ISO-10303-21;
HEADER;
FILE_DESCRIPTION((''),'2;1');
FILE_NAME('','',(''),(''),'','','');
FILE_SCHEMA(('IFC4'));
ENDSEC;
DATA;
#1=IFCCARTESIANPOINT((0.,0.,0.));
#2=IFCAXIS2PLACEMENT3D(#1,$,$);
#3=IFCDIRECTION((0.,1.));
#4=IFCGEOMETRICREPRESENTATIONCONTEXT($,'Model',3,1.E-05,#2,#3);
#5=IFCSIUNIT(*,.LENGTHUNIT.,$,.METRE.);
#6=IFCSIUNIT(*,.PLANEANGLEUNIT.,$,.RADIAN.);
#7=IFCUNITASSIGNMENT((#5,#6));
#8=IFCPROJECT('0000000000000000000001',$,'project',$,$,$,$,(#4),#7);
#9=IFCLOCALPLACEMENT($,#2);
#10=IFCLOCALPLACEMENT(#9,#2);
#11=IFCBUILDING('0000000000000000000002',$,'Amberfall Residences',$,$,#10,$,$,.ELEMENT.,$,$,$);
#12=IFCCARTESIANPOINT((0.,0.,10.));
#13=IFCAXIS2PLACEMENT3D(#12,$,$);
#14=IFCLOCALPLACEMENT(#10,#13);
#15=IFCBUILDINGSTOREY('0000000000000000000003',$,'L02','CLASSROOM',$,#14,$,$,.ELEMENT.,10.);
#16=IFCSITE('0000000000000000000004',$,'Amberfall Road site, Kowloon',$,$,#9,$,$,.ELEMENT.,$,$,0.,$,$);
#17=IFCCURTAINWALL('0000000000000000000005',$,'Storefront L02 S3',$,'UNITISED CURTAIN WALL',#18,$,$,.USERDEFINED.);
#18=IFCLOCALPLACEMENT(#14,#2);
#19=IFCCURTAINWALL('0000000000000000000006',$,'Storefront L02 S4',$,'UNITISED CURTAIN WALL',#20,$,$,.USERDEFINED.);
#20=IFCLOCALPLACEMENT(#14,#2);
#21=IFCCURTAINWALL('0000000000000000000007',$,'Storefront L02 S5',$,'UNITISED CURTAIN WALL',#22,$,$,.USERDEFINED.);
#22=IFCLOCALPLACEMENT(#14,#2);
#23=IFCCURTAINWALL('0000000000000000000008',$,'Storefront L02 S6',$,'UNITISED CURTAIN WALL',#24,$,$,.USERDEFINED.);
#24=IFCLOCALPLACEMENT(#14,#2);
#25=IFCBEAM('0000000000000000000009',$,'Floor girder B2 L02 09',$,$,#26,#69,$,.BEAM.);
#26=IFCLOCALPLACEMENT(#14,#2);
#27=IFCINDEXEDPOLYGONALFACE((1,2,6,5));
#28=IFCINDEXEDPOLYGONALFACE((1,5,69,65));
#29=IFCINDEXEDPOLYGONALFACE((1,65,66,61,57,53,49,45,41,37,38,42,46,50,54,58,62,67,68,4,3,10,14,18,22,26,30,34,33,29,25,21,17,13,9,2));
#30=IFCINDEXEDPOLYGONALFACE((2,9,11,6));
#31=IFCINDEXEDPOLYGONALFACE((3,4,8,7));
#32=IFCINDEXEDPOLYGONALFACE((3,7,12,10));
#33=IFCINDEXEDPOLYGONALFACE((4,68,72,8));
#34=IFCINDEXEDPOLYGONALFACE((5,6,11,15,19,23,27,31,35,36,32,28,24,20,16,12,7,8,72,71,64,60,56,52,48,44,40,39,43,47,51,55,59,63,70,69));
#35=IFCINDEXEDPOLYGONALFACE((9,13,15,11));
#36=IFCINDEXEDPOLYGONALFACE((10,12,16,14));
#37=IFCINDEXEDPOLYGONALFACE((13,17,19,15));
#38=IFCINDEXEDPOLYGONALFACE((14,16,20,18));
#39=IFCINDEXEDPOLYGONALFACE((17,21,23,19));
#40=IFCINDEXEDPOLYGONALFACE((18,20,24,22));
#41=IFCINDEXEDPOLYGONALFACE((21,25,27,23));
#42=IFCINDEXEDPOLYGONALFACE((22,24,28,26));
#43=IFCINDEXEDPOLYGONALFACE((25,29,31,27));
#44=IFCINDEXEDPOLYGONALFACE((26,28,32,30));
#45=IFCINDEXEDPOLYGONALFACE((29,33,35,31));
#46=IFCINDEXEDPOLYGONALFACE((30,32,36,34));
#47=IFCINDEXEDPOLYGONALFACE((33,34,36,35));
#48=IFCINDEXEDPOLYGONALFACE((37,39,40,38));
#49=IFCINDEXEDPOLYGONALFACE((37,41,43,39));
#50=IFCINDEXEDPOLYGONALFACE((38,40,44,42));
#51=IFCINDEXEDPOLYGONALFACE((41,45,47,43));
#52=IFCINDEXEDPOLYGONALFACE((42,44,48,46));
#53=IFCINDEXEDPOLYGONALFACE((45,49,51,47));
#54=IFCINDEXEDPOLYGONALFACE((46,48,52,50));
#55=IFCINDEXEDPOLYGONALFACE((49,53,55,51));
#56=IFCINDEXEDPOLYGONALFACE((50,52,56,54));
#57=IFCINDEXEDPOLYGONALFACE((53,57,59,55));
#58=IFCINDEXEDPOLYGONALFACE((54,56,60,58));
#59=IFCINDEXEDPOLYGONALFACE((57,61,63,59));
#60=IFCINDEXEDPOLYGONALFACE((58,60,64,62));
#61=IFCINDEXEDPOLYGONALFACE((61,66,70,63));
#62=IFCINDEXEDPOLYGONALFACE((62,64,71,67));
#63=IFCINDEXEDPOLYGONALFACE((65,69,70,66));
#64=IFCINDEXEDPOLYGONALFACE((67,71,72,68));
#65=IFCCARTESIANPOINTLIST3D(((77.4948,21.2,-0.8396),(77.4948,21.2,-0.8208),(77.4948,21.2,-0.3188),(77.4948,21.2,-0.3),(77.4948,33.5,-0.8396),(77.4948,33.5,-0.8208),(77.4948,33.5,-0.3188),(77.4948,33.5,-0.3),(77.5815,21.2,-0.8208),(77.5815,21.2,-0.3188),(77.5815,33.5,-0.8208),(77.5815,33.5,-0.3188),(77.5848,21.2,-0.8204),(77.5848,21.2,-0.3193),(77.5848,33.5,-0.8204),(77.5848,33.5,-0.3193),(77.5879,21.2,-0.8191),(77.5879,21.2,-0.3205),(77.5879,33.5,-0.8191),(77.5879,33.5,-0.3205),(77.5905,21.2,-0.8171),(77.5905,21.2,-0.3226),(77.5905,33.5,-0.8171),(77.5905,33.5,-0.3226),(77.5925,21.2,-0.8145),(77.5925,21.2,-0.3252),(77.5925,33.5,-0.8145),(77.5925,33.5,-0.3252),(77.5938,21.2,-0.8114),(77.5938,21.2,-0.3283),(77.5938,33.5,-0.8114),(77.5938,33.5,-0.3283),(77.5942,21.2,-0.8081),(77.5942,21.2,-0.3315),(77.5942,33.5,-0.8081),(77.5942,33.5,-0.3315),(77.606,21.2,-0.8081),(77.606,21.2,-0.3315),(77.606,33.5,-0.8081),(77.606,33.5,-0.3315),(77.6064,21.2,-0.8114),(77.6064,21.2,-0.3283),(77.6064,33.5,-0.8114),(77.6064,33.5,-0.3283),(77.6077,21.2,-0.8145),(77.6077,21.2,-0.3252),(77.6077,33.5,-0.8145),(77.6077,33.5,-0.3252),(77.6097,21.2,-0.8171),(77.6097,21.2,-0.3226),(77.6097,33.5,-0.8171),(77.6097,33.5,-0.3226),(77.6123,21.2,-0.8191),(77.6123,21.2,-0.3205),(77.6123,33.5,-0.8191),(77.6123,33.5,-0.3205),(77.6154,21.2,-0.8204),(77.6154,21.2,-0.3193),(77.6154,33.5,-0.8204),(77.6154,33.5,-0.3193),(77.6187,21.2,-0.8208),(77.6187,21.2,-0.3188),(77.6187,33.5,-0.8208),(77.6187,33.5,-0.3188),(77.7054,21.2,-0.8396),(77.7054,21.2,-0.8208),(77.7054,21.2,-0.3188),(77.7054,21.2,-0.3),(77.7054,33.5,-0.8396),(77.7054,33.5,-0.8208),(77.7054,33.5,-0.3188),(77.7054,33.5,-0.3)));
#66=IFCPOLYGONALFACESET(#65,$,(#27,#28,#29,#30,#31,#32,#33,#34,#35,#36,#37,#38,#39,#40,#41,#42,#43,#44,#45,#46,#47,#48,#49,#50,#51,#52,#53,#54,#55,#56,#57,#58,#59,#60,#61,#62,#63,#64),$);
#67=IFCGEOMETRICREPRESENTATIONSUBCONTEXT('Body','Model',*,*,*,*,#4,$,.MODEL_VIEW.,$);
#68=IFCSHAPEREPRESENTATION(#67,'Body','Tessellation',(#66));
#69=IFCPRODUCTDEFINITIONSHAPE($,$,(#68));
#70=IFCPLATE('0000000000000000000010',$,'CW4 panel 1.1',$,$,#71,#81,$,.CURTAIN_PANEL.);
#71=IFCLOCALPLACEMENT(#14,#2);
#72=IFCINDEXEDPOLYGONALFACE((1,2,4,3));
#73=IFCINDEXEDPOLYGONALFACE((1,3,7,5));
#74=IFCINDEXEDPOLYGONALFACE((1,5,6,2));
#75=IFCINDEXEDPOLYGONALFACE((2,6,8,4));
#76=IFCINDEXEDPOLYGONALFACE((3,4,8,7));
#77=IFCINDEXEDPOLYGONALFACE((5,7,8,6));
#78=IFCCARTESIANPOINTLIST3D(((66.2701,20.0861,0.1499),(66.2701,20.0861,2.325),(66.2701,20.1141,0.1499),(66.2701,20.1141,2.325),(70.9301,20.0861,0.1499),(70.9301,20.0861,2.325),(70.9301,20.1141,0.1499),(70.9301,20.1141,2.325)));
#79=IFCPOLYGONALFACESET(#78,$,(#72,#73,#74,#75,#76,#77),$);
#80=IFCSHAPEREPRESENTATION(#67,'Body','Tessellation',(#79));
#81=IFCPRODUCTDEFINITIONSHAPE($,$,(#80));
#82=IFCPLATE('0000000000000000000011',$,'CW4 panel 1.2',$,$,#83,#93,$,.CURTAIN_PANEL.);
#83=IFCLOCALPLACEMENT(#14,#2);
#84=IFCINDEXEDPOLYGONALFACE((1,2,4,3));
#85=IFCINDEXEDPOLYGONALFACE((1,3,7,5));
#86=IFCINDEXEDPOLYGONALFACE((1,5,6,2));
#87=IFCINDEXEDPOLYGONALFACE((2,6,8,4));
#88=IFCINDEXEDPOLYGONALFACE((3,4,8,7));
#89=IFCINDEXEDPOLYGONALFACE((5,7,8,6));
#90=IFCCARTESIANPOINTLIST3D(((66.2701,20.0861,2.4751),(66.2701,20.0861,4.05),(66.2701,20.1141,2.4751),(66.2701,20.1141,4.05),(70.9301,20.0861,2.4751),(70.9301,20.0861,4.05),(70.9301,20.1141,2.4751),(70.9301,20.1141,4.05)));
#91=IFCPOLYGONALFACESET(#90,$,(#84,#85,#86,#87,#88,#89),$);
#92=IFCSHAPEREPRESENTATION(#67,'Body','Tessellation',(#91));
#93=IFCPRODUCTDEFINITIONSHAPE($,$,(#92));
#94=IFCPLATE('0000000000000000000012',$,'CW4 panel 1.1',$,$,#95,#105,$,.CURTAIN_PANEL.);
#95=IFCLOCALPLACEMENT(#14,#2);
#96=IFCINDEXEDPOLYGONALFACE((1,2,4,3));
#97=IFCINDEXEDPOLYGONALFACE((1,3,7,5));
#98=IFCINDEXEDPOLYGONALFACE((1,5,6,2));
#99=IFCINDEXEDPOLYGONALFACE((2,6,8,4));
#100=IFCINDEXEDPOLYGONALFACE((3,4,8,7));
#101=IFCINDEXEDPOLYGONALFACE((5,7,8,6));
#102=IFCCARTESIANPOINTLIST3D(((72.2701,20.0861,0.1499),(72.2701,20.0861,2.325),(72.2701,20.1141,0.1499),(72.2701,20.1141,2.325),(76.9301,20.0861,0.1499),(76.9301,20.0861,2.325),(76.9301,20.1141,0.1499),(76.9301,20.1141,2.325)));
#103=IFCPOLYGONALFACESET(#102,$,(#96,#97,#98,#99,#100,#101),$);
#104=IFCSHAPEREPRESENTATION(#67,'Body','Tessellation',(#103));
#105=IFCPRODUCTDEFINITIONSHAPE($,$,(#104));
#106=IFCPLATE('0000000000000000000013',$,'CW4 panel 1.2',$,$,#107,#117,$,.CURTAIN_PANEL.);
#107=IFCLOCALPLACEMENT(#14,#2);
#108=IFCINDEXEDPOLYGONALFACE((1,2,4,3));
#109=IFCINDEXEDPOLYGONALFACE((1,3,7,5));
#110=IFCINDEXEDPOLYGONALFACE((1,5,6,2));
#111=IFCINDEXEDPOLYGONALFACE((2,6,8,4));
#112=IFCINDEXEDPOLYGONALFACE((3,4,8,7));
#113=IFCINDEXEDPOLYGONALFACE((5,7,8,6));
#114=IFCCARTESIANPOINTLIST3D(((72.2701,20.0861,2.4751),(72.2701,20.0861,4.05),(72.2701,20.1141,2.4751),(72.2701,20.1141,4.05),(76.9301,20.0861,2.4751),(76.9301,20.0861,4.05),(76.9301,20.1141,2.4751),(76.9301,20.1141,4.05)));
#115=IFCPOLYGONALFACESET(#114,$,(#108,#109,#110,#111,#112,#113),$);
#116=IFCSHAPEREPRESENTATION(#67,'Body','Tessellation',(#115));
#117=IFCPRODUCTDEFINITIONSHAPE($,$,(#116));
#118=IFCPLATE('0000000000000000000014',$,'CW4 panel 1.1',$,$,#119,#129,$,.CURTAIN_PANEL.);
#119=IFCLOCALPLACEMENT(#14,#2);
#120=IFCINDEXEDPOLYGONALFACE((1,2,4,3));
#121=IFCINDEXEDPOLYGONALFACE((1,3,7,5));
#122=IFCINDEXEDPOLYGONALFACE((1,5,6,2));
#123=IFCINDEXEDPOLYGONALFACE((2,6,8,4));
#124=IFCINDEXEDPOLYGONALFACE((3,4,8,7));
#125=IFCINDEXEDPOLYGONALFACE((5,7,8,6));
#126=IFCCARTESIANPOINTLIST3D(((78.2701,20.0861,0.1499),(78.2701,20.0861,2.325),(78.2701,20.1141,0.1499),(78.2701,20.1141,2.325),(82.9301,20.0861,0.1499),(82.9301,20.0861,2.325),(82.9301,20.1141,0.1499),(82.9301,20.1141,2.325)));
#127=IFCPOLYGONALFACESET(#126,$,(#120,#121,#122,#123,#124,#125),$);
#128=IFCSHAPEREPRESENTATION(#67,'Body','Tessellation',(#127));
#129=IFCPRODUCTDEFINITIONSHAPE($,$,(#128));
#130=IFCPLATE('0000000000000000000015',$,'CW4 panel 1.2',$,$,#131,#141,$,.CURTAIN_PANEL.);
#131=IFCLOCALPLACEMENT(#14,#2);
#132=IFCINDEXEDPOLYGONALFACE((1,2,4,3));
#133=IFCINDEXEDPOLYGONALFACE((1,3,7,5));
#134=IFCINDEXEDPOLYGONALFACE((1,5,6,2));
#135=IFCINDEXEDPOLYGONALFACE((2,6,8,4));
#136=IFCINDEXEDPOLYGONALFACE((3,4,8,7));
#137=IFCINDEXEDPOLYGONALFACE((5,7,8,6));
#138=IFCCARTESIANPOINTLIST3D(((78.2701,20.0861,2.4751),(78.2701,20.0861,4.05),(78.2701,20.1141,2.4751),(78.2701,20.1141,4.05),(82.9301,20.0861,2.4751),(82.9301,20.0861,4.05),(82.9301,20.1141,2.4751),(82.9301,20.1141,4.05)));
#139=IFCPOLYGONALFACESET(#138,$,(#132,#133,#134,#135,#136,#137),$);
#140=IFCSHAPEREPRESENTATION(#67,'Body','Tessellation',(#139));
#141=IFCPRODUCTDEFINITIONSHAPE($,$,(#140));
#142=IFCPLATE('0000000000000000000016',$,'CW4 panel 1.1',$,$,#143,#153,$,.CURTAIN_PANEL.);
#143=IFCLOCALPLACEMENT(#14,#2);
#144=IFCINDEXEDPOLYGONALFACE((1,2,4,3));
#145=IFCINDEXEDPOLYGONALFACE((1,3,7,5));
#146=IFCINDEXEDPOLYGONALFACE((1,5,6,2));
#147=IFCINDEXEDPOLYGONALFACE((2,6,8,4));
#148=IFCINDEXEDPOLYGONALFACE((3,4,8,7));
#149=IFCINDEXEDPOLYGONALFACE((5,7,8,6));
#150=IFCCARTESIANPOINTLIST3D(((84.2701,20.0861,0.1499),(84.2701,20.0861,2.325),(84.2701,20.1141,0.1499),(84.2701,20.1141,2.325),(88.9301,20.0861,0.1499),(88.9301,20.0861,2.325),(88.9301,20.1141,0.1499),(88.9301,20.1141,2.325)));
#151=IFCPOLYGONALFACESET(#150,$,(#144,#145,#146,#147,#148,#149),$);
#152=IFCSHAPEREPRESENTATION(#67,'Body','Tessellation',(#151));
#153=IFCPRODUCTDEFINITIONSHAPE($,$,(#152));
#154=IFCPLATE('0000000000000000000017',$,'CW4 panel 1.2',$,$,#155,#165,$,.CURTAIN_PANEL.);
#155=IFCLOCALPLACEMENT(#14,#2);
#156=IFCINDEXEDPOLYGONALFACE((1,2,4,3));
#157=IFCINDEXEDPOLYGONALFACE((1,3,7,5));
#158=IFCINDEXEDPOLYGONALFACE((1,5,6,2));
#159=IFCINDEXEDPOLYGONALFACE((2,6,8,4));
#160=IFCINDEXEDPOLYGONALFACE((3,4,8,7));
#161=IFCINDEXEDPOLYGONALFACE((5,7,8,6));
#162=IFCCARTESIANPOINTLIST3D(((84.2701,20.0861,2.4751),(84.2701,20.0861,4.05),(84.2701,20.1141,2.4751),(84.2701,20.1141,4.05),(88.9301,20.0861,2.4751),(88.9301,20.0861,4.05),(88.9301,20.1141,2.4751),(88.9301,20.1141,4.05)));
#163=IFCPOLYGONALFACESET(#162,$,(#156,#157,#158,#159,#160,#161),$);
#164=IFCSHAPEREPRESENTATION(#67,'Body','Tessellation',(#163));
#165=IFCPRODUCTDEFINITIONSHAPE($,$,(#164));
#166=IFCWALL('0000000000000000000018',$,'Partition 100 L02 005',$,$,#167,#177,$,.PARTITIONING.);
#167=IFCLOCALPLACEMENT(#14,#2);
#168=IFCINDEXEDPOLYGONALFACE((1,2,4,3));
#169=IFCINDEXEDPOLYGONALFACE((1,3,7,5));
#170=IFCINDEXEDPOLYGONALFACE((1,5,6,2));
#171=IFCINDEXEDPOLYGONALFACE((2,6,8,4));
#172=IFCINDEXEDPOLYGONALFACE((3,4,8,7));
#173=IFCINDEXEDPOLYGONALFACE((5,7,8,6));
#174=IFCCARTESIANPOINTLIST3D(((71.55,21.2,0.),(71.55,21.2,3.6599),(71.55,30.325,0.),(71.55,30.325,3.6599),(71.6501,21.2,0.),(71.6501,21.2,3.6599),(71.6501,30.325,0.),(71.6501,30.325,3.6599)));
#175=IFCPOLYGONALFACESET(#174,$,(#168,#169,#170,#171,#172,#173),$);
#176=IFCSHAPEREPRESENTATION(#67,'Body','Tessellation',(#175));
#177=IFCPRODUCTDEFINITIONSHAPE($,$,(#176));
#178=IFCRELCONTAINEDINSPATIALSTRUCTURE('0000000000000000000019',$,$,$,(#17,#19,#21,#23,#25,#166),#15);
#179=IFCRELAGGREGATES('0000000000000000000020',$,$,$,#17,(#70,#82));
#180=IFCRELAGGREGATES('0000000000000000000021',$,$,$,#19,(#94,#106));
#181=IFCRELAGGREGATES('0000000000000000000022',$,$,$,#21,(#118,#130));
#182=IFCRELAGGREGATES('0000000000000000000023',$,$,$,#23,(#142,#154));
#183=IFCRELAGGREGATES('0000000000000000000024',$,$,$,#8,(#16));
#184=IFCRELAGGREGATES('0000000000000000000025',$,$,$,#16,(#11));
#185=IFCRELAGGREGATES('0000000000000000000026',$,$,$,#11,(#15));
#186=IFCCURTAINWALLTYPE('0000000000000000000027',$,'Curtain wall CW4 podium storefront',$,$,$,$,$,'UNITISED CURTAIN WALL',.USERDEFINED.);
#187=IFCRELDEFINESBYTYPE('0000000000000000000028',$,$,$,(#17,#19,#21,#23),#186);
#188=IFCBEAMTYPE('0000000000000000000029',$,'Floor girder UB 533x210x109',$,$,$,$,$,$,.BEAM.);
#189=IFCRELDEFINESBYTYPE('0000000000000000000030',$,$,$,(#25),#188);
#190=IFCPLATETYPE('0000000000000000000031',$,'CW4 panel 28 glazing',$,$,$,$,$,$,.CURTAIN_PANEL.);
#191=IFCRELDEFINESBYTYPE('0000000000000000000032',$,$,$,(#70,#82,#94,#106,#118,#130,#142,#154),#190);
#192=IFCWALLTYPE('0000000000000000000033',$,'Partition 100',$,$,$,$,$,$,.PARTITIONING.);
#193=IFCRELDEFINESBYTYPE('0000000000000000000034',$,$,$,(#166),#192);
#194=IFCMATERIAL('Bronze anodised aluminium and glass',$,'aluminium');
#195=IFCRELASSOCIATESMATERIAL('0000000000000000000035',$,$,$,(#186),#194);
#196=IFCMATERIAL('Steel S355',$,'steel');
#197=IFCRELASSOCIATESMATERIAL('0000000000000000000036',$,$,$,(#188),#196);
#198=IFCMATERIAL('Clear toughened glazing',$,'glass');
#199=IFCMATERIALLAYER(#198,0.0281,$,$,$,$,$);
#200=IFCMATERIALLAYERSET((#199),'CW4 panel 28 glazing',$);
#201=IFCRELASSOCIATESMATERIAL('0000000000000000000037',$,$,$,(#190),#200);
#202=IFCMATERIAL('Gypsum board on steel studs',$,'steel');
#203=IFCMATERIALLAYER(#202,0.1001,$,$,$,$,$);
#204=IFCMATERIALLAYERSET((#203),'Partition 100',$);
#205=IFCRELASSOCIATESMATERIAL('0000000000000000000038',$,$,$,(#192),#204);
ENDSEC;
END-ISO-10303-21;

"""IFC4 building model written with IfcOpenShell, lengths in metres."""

from ifc_helpers import new_model, si_unit, direction, frame, frame_2d, origin, origin_2d, place, context, subcontext, project, spatial, rectangle, i_section, extrude, material, layer, layer_set, material_profile, profile_set, type_object, element, aggregate, save


model = new_model("IFC4")

# Units and contexts
model_context = context("Model", 3, precision=1e-05, world=origin(), true_north=direction((0.0, 1.0)))
body_context = subcontext(model_context, "Body", "Model", "MODEL_VIEW")
ifc_project = project(units=[si_unit("LENGTHUNIT", "METRE"), si_unit("PLANEANGLEUNIT", "RADIAN")], contexts=[model_context])

# Site, building, storey
site_placement = place(None, origin())
site = spatial("IfcSite", under=ifc_project, at=site_placement, Name="Amberfall Road site, Kowloon", CompositionType="ELEMENT", RefElevation=0.0)
building_placement = place(site_placement, origin())
building = spatial("IfcBuilding", under=site, at=building_placement, Name="Amberfall Residences", CompositionType="ELEMENT")
storey_placement = place(building_placement, frame((0.0, 0.0, 10.0)))
storey = spatial("IfcBuildingStorey", under=building, at=storey_placement, Name="L02", Description="CLASSROOM", CompositionType="ELEMENT", Elevation=10.0)

# Curtain walls
ifc_material_1 = material(Name="Bronze anodised aluminium and glass", Category="aluminium")
curtain_wall_type = type_object("IfcCurtainWallType", Name="Curtain wall CW4 podium storefront", ElementType="UNITISED CURTAIN WALL", PredefinedType="USERDEFINED", material=ifc_material_1)
curtain_wall_1_placement = place(storey_placement, origin())
curtain_wall_1 = element("IfcCurtainWall", 1, at=curtain_wall_1_placement, inside=storey, type_object=curtain_wall_type, Name="Storefront L02 S3", ObjectType="UNITISED CURTAIN WALL", PredefinedType="USERDEFINED")
curtain_wall_2_placement = place(storey_placement, origin())
curtain_wall_2 = element("IfcCurtainWall", 2, at=curtain_wall_2_placement, inside=storey, type_object=curtain_wall_type, Name="Storefront L02 S4", ObjectType="UNITISED CURTAIN WALL", PredefinedType="USERDEFINED")
curtain_wall_3_placement = place(storey_placement, origin())
curtain_wall_3 = element("IfcCurtainWall", 3, at=curtain_wall_3_placement, inside=storey, type_object=curtain_wall_type, Name="Storefront L02 S5", ObjectType="UNITISED CURTAIN WALL", PredefinedType="USERDEFINED")
curtain_wall_4_placement = place(storey_placement, origin())
curtain_wall_4 = element("IfcCurtainWall", 4, at=curtain_wall_4_placement, inside=storey, type_object=curtain_wall_type, Name="Storefront L02 S6", ObjectType="UNITISED CURTAIN WALL", PredefinedType="USERDEFINED")

# Beam
ifc_material_2 = material(Name="Steel S355", Category="steel")
ifc_material_profile_1 = material_profile(ifc_material_2, i_section(OverallWidth=0.2107, OverallDepth=0.5396, WebThickness=0.0117, FlangeThickness=0.0188, FilletRadius=0.0127, at=origin_2d()), Name="UB 533x210x109")
ifc_profile_set_1 = profile_set([ifc_material_profile_1], Name="Steel S355")
beam_type_1 = type_object("IfcBeamType", Name="Floor girder UB 533x210x109", PredefinedType="BEAM", material=ifc_profile_set_1)
for number, where, z_axis, x_axis, name in (
    (5, (77.6001, 21.2, -0.5698), (0.0, 1.0, 0.0), (-1.0, 0.0, 0.0), "Floor girder B2 L02 09"),
):
    element("IfcBeam", number, at=place(storey_placement, frame(where, z_axis=z_axis, x_axis=x_axis)), inside=storey, type_object=beam_type_1, Name=name, PredefinedType="BEAM", context=body_context, shape_type="SweptSolid", body=[
        extrude(i_section(OverallWidth=0.2107, OverallDepth=0.5396, WebThickness=0.0117, FlangeThickness=0.0188, FilletRadius=0.0127, at=origin_2d()), origin(), (0.0, 0.0, 1.0), 12.3),
    ])

# Plates
ifc_material_3 = material(Name="Clear toughened glazing", Category="glass")
ifc_layer_1 = layer(ifc_material_3, 0.0281)
ifc_layer_set_1 = layer_set([ifc_layer_1], Name="CW4 panel 28 glazing")
plate_type = type_object("IfcPlateType", Name="CW4 panel 28 glazing", PredefinedType="CURTAIN_PANEL", material=ifc_layer_set_1)
plate_1_placement = place(storey_placement, frame((68.6001, 20.1001, 0.1499), z_axis=(0.0, 0.0, 1.0), x_axis=(1.0, 0.0, 0.0)))
plate_1 = element("IfcPlate", 6, at=plate_1_placement, type_object=plate_type, Name="CW4 panel 1.1", PredefinedType="CURTAIN_PANEL", context=body_context, shape_type="SweptSolid", body=[
    extrude(rectangle(XDim=4.6599, YDim=0.0281, at=origin_2d()), origin(), (0.0, 0.0, 1.0), 2.175),
])
plate_2_placement = place(storey_placement, frame((68.6001, 20.1001, 2.4751), z_axis=(0.0, 0.0, 1.0), x_axis=(1.0, 0.0, 0.0)))
plate_2 = element("IfcPlate", 7, at=plate_2_placement, type_object=plate_type, Name="CW4 panel 1.2", PredefinedType="CURTAIN_PANEL", context=body_context, shape_type="SweptSolid", body=[
    extrude(rectangle(XDim=4.6599, YDim=0.0281, at=origin_2d()), origin(), (0.0, 0.0, 1.0), 1.575),
])
aggregate(curtain_wall_1, [plate_1, plate_2])
plate_3_placement = place(storey_placement, frame((74.6001, 20.1001, 0.1499), z_axis=(0.0, 0.0, 1.0), x_axis=(1.0, 0.0, 0.0)))
plate_3 = element("IfcPlate", 8, at=plate_3_placement, type_object=plate_type, Name="CW4 panel 1.1", PredefinedType="CURTAIN_PANEL", context=body_context, shape_type="SweptSolid", body=[
    extrude(rectangle(XDim=4.6599, YDim=0.0281, at=origin_2d()), origin(), (0.0, 0.0, 1.0), 2.175),
])
plate_4_placement = place(storey_placement, frame((74.6001, 20.1001, 2.4751), z_axis=(0.0, 0.0, 1.0), x_axis=(1.0, 0.0, 0.0)))
plate_4 = element("IfcPlate", 9, at=plate_4_placement, type_object=plate_type, Name="CW4 panel 1.2", PredefinedType="CURTAIN_PANEL", context=body_context, shape_type="SweptSolid", body=[
    extrude(rectangle(XDim=4.6599, YDim=0.0281, at=origin_2d()), origin(), (0.0, 0.0, 1.0), 1.575),
])
aggregate(curtain_wall_2, [plate_3, plate_4])
plate_5_placement = place(storey_placement, frame((80.6001, 20.1001, 0.1499), z_axis=(0.0, 0.0, 1.0), x_axis=(1.0, 0.0, 0.0)))
plate_5 = element("IfcPlate", 10, at=plate_5_placement, type_object=plate_type, Name="CW4 panel 1.1", PredefinedType="CURTAIN_PANEL", context=body_context, shape_type="SweptSolid", body=[
    extrude(rectangle(XDim=4.6599, YDim=0.0281, at=origin_2d()), origin(), (0.0, 0.0, 1.0), 2.175),
])
plate_6_placement = place(storey_placement, frame((80.6001, 20.1001, 2.4751), z_axis=(0.0, 0.0, 1.0), x_axis=(1.0, 0.0, 0.0)))
plate_6 = element("IfcPlate", 11, at=plate_6_placement, type_object=plate_type, Name="CW4 panel 1.2", PredefinedType="CURTAIN_PANEL", context=body_context, shape_type="SweptSolid", body=[
    extrude(rectangle(XDim=4.6599, YDim=0.0281, at=origin_2d()), origin(), (0.0, 0.0, 1.0), 1.575),
])
aggregate(curtain_wall_3, [plate_5, plate_6])
plate_7_placement = place(storey_placement, frame((86.6001, 20.1001, 0.1499), z_axis=(0.0, 0.0, 1.0), x_axis=(1.0, 0.0, 0.0)))
plate_7 = element("IfcPlate", 12, at=plate_7_placement, type_object=plate_type, Name="CW4 panel 1.1", PredefinedType="CURTAIN_PANEL", context=body_context, shape_type="SweptSolid", body=[
    extrude(rectangle(XDim=4.6599, YDim=0.0281, at=origin_2d()), origin(), (0.0, 0.0, 1.0), 2.175),
])
plate_8_placement = place(storey_placement, frame((86.6001, 20.1001, 2.4751), z_axis=(0.0, 0.0, 1.0), x_axis=(1.0, 0.0, 0.0)))
plate_8 = element("IfcPlate", 13, at=plate_8_placement, type_object=plate_type, Name="CW4 panel 1.2", PredefinedType="CURTAIN_PANEL", context=body_context, shape_type="SweptSolid", body=[
    extrude(rectangle(XDim=4.6599, YDim=0.0281, at=origin_2d()), origin(), (0.0, 0.0, 1.0), 1.575),
])
aggregate(curtain_wall_4, [plate_7, plate_8])

# Wall
ifc_material_4 = material(Name="Gypsum board on steel studs", Category="steel")
ifc_layer_2 = layer(ifc_material_4, 0.1001)
ifc_layer_set_2 = layer_set([ifc_layer_2], Name="Partition 100")
wall_type = type_object("IfcWallType", Name="Partition 100", PredefinedType="PARTITIONING", material=ifc_layer_set_2)
wall_placement = place(storey_placement, frame((71.6001, 21.2, 0.0), z_axis=(0.0, 0.0, 1.0), x_axis=(0.0, 1.0, 0.0)))
element("IfcWall", 14, at=wall_placement, inside=storey, type_object=wall_type, Name="Partition 100 L02 005", PredefinedType="PARTITIONING", context=body_context, shape_type="SweptSolid", body=[
    extrude(rectangle(XDim=9.125, YDim=0.1001, at=frame_2d((4.5625, 0.0))), origin(), (0.0, 0.0, 1.0), 3.6599),
])

save(model, "model.ifc")
